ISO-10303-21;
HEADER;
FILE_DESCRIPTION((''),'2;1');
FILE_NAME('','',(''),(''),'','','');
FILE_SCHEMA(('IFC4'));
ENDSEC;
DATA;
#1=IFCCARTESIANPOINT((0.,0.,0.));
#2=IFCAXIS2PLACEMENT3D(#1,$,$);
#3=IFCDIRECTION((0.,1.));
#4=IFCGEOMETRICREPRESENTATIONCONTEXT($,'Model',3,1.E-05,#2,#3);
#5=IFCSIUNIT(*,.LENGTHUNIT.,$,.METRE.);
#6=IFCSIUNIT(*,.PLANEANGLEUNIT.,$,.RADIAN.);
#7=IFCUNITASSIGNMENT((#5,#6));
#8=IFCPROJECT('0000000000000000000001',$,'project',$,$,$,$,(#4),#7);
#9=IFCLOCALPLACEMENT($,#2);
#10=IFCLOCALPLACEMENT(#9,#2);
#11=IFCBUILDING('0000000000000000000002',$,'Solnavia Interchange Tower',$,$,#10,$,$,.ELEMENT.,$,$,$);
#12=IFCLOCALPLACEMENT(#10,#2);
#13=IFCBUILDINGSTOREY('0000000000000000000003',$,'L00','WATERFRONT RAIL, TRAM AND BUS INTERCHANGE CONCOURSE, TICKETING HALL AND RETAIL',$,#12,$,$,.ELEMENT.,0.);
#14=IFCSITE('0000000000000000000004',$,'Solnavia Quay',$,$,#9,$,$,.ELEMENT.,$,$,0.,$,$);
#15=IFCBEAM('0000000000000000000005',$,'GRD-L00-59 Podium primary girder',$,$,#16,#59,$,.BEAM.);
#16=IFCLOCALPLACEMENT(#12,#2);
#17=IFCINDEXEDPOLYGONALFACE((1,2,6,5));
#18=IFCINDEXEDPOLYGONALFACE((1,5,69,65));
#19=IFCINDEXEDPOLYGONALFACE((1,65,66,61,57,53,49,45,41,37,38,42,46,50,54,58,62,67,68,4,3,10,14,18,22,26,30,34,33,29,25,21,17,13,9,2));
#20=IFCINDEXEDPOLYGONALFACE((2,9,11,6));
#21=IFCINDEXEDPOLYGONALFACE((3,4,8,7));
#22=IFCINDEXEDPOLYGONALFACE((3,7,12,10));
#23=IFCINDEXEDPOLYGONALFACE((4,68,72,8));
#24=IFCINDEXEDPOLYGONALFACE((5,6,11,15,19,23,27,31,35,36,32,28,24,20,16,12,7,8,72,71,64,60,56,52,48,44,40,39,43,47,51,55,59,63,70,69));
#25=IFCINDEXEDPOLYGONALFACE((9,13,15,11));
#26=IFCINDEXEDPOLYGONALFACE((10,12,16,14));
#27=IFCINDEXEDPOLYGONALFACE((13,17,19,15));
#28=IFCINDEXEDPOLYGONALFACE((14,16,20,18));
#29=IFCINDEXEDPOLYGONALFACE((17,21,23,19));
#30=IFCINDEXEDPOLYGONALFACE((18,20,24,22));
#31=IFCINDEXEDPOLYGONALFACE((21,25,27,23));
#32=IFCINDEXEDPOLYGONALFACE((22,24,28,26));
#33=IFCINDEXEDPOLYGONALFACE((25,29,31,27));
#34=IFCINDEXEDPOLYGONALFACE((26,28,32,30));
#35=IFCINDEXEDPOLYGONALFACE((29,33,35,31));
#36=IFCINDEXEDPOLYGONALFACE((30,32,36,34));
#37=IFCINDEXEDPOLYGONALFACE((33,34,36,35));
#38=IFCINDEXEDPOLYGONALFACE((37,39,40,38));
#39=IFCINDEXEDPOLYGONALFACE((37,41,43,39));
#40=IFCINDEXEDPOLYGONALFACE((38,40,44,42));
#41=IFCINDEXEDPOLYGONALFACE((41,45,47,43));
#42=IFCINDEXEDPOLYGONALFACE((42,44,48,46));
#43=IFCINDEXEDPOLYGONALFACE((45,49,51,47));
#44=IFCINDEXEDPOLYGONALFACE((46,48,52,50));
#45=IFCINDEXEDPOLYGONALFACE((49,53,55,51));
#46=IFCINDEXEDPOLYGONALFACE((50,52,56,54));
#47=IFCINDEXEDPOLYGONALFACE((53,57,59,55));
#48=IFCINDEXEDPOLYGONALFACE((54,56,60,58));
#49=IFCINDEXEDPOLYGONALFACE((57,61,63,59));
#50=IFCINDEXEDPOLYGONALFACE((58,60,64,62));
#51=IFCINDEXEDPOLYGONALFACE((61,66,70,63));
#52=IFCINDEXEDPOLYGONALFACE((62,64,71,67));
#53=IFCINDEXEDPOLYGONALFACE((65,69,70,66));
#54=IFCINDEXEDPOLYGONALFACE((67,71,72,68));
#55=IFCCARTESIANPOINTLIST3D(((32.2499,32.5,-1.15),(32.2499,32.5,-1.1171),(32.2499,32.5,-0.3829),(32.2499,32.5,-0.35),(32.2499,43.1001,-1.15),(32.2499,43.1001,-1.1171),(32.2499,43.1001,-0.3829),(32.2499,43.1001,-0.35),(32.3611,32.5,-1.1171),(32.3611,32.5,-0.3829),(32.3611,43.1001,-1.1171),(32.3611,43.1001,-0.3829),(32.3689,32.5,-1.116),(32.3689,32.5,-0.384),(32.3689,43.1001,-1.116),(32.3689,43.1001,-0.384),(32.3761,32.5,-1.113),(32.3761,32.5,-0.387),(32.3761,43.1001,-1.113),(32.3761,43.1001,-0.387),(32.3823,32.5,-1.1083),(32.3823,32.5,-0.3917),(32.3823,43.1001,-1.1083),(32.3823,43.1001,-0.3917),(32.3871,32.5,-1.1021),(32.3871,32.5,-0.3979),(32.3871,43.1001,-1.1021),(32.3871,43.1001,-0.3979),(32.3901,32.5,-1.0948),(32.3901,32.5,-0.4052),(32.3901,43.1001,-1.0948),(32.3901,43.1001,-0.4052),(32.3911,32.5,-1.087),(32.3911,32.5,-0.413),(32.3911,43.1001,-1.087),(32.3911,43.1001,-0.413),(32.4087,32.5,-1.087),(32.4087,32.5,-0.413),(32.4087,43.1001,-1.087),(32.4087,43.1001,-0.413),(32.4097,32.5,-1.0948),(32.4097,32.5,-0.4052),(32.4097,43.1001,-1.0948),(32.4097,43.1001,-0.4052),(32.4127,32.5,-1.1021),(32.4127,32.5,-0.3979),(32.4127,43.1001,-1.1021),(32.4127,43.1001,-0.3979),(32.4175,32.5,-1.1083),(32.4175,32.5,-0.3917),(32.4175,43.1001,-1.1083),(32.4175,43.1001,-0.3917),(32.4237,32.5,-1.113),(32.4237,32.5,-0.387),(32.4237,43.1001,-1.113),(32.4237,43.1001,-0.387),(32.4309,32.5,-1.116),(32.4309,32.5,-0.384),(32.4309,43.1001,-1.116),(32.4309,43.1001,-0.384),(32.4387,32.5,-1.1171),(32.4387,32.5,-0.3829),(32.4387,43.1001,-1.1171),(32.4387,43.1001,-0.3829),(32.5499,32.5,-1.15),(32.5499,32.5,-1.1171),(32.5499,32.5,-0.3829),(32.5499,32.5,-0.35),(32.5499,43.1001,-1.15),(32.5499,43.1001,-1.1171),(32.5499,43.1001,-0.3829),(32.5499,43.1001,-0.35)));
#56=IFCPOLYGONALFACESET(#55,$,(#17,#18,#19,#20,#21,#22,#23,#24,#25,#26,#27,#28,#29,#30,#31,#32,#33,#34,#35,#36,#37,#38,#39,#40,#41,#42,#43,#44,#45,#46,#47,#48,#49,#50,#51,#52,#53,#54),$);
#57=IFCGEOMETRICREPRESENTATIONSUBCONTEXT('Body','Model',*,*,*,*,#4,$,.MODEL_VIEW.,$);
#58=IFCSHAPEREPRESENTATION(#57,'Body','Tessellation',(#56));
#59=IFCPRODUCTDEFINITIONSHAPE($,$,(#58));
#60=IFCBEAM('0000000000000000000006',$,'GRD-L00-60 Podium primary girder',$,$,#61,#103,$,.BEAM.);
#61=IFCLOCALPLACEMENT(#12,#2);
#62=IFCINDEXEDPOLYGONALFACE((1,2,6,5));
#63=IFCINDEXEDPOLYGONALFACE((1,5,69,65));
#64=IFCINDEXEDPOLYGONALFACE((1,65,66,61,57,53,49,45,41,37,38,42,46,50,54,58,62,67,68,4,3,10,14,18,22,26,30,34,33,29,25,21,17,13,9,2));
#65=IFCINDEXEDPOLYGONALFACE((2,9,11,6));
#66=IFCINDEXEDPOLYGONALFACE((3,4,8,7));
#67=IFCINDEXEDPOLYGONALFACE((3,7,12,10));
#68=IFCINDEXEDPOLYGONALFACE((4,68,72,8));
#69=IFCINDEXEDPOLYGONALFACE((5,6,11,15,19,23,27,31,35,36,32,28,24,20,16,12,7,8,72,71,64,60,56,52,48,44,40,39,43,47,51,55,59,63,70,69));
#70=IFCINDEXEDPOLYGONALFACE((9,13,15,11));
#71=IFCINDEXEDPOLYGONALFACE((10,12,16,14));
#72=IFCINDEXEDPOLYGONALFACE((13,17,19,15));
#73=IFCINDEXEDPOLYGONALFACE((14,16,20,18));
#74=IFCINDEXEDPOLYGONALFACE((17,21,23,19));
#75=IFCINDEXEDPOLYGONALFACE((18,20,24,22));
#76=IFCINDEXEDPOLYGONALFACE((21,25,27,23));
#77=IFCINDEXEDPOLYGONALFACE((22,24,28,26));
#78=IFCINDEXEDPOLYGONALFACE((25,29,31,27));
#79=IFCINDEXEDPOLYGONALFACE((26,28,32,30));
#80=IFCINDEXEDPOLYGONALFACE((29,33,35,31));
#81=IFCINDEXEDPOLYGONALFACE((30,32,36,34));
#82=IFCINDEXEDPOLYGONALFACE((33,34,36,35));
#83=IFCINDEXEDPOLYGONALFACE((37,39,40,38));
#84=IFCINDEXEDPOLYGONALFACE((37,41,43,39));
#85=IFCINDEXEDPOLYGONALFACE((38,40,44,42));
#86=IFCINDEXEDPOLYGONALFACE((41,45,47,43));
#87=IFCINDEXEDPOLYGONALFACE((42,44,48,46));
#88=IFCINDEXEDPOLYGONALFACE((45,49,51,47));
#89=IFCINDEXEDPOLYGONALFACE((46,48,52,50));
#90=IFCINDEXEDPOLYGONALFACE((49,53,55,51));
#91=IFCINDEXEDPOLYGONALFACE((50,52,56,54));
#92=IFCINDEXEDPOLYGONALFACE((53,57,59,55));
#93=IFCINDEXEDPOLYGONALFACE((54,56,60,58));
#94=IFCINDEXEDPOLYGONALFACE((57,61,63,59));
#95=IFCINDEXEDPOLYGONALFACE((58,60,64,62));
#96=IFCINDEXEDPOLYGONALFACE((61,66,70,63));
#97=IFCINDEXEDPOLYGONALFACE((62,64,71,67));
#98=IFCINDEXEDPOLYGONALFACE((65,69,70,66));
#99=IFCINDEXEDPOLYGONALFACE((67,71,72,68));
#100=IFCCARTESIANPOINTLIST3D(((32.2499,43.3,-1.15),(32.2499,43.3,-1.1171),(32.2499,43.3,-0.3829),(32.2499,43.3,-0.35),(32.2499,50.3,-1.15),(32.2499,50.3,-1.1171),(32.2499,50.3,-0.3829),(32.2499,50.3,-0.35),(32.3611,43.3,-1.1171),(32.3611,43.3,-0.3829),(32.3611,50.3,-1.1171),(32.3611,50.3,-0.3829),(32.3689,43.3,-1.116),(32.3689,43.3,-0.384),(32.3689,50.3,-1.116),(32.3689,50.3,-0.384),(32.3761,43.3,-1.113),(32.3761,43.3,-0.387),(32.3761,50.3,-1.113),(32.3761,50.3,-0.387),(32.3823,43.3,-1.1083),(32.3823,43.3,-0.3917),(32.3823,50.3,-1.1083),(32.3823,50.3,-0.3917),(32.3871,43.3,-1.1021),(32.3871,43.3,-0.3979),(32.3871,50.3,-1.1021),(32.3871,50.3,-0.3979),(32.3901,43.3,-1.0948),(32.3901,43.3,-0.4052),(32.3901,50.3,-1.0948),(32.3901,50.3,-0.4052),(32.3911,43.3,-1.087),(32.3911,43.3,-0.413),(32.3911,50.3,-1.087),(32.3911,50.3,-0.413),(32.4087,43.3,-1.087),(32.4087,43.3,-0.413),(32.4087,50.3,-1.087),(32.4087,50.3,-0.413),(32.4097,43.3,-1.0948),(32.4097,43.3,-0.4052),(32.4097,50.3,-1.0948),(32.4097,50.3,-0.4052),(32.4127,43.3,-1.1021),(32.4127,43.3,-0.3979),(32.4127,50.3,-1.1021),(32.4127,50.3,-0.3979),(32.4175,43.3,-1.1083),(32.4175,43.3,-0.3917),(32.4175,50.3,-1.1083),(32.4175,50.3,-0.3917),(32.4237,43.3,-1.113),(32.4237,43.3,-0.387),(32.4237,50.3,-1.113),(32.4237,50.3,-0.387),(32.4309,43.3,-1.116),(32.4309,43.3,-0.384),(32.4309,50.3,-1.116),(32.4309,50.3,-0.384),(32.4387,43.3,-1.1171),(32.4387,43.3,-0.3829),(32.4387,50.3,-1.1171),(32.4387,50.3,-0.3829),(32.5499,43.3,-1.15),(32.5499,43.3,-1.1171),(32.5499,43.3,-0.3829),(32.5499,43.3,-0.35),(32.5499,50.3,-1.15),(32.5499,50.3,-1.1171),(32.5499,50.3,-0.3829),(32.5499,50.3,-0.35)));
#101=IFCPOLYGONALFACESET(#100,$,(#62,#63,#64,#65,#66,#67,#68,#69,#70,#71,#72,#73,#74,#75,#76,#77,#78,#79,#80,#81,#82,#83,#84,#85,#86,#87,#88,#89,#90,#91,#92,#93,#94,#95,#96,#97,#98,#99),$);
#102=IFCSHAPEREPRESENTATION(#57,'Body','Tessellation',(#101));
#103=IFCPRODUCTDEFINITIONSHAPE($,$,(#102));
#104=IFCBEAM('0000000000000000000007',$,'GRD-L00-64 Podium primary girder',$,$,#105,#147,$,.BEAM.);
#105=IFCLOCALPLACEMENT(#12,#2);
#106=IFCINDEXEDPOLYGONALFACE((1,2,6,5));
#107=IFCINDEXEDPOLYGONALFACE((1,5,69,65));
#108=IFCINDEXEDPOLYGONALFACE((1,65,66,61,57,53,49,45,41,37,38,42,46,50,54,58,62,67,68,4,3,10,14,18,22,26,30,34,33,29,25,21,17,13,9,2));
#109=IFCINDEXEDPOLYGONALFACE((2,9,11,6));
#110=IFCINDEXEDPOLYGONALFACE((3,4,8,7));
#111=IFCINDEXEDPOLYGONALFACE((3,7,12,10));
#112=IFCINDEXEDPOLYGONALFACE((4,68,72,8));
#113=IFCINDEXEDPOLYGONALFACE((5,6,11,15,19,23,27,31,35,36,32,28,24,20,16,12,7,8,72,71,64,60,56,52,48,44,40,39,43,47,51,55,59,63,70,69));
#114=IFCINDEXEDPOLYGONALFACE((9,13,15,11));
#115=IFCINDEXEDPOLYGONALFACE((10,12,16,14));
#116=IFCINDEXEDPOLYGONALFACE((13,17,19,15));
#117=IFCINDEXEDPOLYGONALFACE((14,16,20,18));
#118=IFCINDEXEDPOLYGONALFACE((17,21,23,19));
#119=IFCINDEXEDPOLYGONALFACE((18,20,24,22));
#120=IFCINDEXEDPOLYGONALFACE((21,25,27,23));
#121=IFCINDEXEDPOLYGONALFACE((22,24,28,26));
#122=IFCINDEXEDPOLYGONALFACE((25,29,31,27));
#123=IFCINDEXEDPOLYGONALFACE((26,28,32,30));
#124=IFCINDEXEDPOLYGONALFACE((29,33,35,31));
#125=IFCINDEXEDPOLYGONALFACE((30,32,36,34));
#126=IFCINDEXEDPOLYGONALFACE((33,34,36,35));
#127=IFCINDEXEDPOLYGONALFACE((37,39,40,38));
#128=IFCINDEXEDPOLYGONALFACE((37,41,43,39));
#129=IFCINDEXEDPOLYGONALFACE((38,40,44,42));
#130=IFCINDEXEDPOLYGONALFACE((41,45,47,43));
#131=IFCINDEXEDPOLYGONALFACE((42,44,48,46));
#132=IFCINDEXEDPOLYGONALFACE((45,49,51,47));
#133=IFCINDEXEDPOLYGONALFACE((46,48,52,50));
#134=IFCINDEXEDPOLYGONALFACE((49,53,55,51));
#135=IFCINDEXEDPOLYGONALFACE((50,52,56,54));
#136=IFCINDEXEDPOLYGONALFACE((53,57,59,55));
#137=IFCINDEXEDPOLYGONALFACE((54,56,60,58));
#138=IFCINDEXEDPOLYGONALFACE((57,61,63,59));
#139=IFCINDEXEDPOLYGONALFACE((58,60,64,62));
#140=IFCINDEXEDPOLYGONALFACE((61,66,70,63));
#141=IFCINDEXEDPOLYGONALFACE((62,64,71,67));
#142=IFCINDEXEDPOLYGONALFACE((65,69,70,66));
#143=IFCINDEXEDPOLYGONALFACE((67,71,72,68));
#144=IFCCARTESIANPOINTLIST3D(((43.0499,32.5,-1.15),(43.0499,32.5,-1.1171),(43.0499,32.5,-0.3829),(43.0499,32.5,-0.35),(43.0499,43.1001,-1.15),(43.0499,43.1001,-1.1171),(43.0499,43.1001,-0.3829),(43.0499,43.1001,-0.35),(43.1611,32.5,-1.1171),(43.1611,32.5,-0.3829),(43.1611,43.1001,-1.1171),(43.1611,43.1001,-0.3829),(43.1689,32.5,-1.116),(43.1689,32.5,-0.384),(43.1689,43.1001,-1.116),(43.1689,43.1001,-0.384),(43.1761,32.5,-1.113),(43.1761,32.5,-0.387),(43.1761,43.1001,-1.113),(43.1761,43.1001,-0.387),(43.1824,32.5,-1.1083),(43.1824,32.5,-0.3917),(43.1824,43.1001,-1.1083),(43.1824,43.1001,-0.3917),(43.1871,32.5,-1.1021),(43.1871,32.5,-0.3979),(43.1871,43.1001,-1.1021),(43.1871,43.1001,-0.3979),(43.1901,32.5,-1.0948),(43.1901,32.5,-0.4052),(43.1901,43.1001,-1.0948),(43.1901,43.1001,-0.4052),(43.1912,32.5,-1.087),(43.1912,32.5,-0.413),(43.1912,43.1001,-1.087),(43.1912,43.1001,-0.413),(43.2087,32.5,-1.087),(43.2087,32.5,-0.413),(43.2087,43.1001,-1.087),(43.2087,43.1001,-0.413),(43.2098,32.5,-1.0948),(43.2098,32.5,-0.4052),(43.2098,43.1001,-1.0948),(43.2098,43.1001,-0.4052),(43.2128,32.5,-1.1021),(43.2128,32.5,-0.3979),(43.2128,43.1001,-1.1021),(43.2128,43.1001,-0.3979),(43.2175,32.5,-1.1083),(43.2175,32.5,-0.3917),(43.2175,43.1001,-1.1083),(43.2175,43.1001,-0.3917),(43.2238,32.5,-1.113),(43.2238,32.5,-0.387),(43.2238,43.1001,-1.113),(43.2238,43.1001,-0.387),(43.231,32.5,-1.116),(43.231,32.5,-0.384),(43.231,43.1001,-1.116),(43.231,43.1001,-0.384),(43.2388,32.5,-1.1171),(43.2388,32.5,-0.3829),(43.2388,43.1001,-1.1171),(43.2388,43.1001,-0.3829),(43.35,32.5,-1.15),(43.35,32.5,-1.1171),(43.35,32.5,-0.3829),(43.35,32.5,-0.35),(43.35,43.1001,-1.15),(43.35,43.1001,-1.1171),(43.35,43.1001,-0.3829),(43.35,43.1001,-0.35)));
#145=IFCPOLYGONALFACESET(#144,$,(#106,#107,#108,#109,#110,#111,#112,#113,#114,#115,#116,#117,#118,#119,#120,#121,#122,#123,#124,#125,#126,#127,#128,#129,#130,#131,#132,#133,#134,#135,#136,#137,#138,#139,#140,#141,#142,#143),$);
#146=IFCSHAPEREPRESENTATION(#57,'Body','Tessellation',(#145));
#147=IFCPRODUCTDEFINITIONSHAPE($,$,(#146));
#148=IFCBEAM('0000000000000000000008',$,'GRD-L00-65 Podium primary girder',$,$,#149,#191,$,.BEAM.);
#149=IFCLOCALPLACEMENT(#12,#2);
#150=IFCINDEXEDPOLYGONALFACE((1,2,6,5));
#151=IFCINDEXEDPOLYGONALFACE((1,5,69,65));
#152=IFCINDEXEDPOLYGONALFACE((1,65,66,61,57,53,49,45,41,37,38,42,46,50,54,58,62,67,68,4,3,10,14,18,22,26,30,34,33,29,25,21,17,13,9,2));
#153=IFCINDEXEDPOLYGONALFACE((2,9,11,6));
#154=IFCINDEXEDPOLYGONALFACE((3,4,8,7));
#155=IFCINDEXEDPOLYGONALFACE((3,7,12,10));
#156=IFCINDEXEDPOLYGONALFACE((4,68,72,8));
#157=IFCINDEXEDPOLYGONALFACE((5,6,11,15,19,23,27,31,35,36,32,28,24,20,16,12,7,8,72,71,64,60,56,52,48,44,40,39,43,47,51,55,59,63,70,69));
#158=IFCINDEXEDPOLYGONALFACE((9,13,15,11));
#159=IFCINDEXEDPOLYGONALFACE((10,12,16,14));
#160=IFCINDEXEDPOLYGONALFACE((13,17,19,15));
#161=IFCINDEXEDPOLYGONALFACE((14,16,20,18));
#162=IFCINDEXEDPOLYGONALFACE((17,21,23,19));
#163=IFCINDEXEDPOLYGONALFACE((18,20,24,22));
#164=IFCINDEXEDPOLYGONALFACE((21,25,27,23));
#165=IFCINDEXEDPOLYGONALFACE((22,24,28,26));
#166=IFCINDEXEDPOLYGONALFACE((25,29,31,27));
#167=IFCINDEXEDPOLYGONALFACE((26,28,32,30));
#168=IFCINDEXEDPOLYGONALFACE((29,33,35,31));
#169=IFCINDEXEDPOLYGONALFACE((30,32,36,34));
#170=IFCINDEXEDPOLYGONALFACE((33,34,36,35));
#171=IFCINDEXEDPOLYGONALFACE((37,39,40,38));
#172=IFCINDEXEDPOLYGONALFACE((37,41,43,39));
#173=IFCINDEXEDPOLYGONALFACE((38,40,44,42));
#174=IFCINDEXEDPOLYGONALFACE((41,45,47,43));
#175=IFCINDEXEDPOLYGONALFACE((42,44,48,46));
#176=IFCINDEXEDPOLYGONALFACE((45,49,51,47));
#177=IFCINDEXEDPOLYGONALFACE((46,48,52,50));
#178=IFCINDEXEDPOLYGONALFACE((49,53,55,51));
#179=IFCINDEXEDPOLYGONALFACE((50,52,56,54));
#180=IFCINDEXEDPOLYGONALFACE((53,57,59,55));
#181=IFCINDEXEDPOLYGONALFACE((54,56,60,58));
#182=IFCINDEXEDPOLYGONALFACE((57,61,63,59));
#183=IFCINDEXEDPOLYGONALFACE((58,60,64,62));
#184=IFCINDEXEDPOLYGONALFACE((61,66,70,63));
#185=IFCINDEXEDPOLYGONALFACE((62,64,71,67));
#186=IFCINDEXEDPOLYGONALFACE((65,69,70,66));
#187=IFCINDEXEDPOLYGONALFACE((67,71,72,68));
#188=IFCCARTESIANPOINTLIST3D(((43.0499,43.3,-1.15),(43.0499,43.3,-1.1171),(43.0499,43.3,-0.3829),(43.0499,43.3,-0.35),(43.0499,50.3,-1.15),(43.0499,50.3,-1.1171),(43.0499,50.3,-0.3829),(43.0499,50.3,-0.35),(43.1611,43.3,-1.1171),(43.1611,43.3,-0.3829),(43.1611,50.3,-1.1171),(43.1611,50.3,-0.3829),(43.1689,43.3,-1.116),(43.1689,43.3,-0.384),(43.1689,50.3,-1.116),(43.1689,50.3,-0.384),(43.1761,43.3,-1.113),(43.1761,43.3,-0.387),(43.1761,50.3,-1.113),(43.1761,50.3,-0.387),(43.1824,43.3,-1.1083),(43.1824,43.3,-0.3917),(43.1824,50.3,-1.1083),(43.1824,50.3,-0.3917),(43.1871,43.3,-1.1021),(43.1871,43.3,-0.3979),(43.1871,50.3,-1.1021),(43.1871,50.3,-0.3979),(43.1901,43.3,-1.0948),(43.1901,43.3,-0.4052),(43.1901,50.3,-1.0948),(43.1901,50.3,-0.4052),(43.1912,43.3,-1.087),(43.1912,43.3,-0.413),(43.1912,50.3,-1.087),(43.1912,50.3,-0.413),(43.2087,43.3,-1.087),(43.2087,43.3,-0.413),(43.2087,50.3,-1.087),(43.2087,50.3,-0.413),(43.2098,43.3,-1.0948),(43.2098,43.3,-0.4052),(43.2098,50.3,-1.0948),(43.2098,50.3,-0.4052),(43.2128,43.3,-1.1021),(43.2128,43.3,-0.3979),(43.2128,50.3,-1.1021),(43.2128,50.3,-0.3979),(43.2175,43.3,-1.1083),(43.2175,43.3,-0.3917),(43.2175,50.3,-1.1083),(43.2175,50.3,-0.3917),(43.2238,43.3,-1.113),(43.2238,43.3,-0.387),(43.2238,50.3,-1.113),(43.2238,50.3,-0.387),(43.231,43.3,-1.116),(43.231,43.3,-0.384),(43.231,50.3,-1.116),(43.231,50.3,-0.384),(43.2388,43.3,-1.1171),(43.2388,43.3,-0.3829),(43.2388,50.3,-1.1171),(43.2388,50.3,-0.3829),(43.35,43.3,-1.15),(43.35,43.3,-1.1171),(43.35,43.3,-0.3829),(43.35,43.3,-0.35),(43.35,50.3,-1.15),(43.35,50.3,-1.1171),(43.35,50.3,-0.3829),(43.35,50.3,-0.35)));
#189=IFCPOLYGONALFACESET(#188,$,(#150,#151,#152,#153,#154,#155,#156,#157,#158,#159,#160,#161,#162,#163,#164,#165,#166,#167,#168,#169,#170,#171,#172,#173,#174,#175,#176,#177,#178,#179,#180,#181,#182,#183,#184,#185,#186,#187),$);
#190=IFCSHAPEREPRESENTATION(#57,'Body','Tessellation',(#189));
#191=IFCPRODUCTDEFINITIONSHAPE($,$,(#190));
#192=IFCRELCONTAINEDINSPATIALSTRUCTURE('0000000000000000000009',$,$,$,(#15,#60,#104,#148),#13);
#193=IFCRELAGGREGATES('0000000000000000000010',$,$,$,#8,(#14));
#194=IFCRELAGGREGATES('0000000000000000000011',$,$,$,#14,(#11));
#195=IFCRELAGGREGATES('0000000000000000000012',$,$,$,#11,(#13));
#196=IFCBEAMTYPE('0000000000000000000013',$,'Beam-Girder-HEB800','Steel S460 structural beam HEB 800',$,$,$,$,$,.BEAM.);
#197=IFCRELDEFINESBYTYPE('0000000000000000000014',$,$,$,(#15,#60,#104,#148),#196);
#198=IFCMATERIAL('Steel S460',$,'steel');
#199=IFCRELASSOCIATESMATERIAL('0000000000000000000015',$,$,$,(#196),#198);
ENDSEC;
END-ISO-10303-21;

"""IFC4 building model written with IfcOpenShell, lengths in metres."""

from ifc_helpers import new_model, si_unit, direction, frame, origin, origin_2d, place, context, subcontext, project, spatial, i_section, extrude, material, material_profile, profile_set, type_object, element, save


model = new_model("IFC4")

# Units and contexts
model_context = context("Model", 3, precision=1e-05, world=origin(), true_north=direction((0.0, 1.0)))
body_context = subcontext(model_context, "Body", "Model", "MODEL_VIEW")
ifc_project = project(units=[si_unit("LENGTHUNIT", "METRE"), si_unit("PLANEANGLEUNIT", "RADIAN")], contexts=[model_context])

# Site, building, storey
site_placement = place(None, origin())
site = spatial("IfcSite", under=ifc_project, at=site_placement, Name="Solnavia Quay", CompositionType="ELEMENT", RefElevation=0.0)
building_placement = place(site_placement, origin())
building = spatial("IfcBuilding", under=site, at=building_placement, Name="Solnavia Interchange Tower", CompositionType="ELEMENT")
storey_placement = place(building_placement, origin())
storey = spatial("IfcBuildingStorey", under=building, at=storey_placement, Name="L00", Description="WATERFRONT RAIL, TRAM AND BUS INTERCHANGE CONCOURSE, TICKETING HALL AND RETAIL", CompositionType="ELEMENT", Elevation=0.0)

# Beams
ifc_material_1 = material(Name="Steel S460", Category="steel")
ifc_material_profile_1 = material_profile(ifc_material_1, i_section(OverallWidth=0.3, OverallDepth=0.8, WebThickness=0.0176, FlangeThickness=0.033, FilletRadius=0.03, at=origin_2d()), Name="HEB 800")
ifc_profile_set_1 = profile_set([ifc_material_profile_1], Name="Steel S460")
beam_type_1 = type_object("IfcBeamType", Name="Beam-Girder-HEB800", Description="Steel S460 structural beam HEB 800", PredefinedType="BEAM", material=ifc_profile_set_1)
for number, where, z_axis, x_axis, name in (
    (1, (32.3999, 32.5, -0.75), (0.0, 1.0, 0.0), (-1.0, 0.0, 0.0), "GRD-L00-59 Podium primary girder"),
):
    element("IfcBeam", number, at=place(storey_placement, frame(where, z_axis=z_axis, x_axis=x_axis)), inside=storey, type_object=beam_type_1, Name=name, PredefinedType="BEAM", context=body_context, shape_type="SweptSolid", body=[
        extrude(i_section(OverallWidth=0.3, OverallDepth=0.8, WebThickness=0.0176, FlangeThickness=0.033, FilletRadius=0.03, at=origin_2d()), origin(), (0.0, 0.0, 1.0), 10.6001),
    ])
beam_1_placement = place(storey_placement, frame((32.3999, 43.3, -0.75), z_axis=(0.0, 1.0, 0.0), x_axis=(-1.0, 0.0, 0.0)))
element("IfcBeam", 2, at=beam_1_placement, inside=storey, type_object=beam_type_1, Name="GRD-L00-60 Podium primary girder", PredefinedType="BEAM", context=body_context, shape_type="SweptSolid", body=[
    extrude(i_section(OverallWidth=0.3, OverallDepth=0.8, WebThickness=0.0176, FlangeThickness=0.033, FilletRadius=0.03, at=origin_2d()), origin(), (0.0, 0.0, 1.0), 7.0),
])
beam_2_placement = place(storey_placement, frame((43.2, 32.5, -0.75), z_axis=(0.0, 1.0, 0.0), x_axis=(-1.0, 0.0, 0.0)))
element("IfcBeam", 3, at=beam_2_placement, inside=storey, type_object=beam_type_1, Name="GRD-L00-64 Podium primary girder", PredefinedType="BEAM", context=body_context, shape_type="SweptSolid", body=[
    extrude(i_section(OverallWidth=0.3, OverallDepth=0.8, WebThickness=0.0176, FlangeThickness=0.033, FilletRadius=0.03, at=origin_2d()), origin(), (0.0, 0.0, 1.0), 10.6001),
])
beam_3_placement = place(storey_placement, frame((43.2, 43.3, -0.75), z_axis=(0.0, 1.0, 0.0), x_axis=(-1.0, 0.0, 0.0)))
element("IfcBeam", 4, at=beam_3_placement, inside=storey, type_object=beam_type_1, Name="GRD-L00-65 Podium primary girder", PredefinedType="BEAM", context=body_context, shape_type="SweptSolid", body=[
    extrude(i_section(OverallWidth=0.3, OverallDepth=0.8, WebThickness=0.0176, FlangeThickness=0.033, FilletRadius=0.03, at=origin_2d()), origin(), (0.0, 0.0, 1.0), 7.0),
])

save(model, "model.ifc")
